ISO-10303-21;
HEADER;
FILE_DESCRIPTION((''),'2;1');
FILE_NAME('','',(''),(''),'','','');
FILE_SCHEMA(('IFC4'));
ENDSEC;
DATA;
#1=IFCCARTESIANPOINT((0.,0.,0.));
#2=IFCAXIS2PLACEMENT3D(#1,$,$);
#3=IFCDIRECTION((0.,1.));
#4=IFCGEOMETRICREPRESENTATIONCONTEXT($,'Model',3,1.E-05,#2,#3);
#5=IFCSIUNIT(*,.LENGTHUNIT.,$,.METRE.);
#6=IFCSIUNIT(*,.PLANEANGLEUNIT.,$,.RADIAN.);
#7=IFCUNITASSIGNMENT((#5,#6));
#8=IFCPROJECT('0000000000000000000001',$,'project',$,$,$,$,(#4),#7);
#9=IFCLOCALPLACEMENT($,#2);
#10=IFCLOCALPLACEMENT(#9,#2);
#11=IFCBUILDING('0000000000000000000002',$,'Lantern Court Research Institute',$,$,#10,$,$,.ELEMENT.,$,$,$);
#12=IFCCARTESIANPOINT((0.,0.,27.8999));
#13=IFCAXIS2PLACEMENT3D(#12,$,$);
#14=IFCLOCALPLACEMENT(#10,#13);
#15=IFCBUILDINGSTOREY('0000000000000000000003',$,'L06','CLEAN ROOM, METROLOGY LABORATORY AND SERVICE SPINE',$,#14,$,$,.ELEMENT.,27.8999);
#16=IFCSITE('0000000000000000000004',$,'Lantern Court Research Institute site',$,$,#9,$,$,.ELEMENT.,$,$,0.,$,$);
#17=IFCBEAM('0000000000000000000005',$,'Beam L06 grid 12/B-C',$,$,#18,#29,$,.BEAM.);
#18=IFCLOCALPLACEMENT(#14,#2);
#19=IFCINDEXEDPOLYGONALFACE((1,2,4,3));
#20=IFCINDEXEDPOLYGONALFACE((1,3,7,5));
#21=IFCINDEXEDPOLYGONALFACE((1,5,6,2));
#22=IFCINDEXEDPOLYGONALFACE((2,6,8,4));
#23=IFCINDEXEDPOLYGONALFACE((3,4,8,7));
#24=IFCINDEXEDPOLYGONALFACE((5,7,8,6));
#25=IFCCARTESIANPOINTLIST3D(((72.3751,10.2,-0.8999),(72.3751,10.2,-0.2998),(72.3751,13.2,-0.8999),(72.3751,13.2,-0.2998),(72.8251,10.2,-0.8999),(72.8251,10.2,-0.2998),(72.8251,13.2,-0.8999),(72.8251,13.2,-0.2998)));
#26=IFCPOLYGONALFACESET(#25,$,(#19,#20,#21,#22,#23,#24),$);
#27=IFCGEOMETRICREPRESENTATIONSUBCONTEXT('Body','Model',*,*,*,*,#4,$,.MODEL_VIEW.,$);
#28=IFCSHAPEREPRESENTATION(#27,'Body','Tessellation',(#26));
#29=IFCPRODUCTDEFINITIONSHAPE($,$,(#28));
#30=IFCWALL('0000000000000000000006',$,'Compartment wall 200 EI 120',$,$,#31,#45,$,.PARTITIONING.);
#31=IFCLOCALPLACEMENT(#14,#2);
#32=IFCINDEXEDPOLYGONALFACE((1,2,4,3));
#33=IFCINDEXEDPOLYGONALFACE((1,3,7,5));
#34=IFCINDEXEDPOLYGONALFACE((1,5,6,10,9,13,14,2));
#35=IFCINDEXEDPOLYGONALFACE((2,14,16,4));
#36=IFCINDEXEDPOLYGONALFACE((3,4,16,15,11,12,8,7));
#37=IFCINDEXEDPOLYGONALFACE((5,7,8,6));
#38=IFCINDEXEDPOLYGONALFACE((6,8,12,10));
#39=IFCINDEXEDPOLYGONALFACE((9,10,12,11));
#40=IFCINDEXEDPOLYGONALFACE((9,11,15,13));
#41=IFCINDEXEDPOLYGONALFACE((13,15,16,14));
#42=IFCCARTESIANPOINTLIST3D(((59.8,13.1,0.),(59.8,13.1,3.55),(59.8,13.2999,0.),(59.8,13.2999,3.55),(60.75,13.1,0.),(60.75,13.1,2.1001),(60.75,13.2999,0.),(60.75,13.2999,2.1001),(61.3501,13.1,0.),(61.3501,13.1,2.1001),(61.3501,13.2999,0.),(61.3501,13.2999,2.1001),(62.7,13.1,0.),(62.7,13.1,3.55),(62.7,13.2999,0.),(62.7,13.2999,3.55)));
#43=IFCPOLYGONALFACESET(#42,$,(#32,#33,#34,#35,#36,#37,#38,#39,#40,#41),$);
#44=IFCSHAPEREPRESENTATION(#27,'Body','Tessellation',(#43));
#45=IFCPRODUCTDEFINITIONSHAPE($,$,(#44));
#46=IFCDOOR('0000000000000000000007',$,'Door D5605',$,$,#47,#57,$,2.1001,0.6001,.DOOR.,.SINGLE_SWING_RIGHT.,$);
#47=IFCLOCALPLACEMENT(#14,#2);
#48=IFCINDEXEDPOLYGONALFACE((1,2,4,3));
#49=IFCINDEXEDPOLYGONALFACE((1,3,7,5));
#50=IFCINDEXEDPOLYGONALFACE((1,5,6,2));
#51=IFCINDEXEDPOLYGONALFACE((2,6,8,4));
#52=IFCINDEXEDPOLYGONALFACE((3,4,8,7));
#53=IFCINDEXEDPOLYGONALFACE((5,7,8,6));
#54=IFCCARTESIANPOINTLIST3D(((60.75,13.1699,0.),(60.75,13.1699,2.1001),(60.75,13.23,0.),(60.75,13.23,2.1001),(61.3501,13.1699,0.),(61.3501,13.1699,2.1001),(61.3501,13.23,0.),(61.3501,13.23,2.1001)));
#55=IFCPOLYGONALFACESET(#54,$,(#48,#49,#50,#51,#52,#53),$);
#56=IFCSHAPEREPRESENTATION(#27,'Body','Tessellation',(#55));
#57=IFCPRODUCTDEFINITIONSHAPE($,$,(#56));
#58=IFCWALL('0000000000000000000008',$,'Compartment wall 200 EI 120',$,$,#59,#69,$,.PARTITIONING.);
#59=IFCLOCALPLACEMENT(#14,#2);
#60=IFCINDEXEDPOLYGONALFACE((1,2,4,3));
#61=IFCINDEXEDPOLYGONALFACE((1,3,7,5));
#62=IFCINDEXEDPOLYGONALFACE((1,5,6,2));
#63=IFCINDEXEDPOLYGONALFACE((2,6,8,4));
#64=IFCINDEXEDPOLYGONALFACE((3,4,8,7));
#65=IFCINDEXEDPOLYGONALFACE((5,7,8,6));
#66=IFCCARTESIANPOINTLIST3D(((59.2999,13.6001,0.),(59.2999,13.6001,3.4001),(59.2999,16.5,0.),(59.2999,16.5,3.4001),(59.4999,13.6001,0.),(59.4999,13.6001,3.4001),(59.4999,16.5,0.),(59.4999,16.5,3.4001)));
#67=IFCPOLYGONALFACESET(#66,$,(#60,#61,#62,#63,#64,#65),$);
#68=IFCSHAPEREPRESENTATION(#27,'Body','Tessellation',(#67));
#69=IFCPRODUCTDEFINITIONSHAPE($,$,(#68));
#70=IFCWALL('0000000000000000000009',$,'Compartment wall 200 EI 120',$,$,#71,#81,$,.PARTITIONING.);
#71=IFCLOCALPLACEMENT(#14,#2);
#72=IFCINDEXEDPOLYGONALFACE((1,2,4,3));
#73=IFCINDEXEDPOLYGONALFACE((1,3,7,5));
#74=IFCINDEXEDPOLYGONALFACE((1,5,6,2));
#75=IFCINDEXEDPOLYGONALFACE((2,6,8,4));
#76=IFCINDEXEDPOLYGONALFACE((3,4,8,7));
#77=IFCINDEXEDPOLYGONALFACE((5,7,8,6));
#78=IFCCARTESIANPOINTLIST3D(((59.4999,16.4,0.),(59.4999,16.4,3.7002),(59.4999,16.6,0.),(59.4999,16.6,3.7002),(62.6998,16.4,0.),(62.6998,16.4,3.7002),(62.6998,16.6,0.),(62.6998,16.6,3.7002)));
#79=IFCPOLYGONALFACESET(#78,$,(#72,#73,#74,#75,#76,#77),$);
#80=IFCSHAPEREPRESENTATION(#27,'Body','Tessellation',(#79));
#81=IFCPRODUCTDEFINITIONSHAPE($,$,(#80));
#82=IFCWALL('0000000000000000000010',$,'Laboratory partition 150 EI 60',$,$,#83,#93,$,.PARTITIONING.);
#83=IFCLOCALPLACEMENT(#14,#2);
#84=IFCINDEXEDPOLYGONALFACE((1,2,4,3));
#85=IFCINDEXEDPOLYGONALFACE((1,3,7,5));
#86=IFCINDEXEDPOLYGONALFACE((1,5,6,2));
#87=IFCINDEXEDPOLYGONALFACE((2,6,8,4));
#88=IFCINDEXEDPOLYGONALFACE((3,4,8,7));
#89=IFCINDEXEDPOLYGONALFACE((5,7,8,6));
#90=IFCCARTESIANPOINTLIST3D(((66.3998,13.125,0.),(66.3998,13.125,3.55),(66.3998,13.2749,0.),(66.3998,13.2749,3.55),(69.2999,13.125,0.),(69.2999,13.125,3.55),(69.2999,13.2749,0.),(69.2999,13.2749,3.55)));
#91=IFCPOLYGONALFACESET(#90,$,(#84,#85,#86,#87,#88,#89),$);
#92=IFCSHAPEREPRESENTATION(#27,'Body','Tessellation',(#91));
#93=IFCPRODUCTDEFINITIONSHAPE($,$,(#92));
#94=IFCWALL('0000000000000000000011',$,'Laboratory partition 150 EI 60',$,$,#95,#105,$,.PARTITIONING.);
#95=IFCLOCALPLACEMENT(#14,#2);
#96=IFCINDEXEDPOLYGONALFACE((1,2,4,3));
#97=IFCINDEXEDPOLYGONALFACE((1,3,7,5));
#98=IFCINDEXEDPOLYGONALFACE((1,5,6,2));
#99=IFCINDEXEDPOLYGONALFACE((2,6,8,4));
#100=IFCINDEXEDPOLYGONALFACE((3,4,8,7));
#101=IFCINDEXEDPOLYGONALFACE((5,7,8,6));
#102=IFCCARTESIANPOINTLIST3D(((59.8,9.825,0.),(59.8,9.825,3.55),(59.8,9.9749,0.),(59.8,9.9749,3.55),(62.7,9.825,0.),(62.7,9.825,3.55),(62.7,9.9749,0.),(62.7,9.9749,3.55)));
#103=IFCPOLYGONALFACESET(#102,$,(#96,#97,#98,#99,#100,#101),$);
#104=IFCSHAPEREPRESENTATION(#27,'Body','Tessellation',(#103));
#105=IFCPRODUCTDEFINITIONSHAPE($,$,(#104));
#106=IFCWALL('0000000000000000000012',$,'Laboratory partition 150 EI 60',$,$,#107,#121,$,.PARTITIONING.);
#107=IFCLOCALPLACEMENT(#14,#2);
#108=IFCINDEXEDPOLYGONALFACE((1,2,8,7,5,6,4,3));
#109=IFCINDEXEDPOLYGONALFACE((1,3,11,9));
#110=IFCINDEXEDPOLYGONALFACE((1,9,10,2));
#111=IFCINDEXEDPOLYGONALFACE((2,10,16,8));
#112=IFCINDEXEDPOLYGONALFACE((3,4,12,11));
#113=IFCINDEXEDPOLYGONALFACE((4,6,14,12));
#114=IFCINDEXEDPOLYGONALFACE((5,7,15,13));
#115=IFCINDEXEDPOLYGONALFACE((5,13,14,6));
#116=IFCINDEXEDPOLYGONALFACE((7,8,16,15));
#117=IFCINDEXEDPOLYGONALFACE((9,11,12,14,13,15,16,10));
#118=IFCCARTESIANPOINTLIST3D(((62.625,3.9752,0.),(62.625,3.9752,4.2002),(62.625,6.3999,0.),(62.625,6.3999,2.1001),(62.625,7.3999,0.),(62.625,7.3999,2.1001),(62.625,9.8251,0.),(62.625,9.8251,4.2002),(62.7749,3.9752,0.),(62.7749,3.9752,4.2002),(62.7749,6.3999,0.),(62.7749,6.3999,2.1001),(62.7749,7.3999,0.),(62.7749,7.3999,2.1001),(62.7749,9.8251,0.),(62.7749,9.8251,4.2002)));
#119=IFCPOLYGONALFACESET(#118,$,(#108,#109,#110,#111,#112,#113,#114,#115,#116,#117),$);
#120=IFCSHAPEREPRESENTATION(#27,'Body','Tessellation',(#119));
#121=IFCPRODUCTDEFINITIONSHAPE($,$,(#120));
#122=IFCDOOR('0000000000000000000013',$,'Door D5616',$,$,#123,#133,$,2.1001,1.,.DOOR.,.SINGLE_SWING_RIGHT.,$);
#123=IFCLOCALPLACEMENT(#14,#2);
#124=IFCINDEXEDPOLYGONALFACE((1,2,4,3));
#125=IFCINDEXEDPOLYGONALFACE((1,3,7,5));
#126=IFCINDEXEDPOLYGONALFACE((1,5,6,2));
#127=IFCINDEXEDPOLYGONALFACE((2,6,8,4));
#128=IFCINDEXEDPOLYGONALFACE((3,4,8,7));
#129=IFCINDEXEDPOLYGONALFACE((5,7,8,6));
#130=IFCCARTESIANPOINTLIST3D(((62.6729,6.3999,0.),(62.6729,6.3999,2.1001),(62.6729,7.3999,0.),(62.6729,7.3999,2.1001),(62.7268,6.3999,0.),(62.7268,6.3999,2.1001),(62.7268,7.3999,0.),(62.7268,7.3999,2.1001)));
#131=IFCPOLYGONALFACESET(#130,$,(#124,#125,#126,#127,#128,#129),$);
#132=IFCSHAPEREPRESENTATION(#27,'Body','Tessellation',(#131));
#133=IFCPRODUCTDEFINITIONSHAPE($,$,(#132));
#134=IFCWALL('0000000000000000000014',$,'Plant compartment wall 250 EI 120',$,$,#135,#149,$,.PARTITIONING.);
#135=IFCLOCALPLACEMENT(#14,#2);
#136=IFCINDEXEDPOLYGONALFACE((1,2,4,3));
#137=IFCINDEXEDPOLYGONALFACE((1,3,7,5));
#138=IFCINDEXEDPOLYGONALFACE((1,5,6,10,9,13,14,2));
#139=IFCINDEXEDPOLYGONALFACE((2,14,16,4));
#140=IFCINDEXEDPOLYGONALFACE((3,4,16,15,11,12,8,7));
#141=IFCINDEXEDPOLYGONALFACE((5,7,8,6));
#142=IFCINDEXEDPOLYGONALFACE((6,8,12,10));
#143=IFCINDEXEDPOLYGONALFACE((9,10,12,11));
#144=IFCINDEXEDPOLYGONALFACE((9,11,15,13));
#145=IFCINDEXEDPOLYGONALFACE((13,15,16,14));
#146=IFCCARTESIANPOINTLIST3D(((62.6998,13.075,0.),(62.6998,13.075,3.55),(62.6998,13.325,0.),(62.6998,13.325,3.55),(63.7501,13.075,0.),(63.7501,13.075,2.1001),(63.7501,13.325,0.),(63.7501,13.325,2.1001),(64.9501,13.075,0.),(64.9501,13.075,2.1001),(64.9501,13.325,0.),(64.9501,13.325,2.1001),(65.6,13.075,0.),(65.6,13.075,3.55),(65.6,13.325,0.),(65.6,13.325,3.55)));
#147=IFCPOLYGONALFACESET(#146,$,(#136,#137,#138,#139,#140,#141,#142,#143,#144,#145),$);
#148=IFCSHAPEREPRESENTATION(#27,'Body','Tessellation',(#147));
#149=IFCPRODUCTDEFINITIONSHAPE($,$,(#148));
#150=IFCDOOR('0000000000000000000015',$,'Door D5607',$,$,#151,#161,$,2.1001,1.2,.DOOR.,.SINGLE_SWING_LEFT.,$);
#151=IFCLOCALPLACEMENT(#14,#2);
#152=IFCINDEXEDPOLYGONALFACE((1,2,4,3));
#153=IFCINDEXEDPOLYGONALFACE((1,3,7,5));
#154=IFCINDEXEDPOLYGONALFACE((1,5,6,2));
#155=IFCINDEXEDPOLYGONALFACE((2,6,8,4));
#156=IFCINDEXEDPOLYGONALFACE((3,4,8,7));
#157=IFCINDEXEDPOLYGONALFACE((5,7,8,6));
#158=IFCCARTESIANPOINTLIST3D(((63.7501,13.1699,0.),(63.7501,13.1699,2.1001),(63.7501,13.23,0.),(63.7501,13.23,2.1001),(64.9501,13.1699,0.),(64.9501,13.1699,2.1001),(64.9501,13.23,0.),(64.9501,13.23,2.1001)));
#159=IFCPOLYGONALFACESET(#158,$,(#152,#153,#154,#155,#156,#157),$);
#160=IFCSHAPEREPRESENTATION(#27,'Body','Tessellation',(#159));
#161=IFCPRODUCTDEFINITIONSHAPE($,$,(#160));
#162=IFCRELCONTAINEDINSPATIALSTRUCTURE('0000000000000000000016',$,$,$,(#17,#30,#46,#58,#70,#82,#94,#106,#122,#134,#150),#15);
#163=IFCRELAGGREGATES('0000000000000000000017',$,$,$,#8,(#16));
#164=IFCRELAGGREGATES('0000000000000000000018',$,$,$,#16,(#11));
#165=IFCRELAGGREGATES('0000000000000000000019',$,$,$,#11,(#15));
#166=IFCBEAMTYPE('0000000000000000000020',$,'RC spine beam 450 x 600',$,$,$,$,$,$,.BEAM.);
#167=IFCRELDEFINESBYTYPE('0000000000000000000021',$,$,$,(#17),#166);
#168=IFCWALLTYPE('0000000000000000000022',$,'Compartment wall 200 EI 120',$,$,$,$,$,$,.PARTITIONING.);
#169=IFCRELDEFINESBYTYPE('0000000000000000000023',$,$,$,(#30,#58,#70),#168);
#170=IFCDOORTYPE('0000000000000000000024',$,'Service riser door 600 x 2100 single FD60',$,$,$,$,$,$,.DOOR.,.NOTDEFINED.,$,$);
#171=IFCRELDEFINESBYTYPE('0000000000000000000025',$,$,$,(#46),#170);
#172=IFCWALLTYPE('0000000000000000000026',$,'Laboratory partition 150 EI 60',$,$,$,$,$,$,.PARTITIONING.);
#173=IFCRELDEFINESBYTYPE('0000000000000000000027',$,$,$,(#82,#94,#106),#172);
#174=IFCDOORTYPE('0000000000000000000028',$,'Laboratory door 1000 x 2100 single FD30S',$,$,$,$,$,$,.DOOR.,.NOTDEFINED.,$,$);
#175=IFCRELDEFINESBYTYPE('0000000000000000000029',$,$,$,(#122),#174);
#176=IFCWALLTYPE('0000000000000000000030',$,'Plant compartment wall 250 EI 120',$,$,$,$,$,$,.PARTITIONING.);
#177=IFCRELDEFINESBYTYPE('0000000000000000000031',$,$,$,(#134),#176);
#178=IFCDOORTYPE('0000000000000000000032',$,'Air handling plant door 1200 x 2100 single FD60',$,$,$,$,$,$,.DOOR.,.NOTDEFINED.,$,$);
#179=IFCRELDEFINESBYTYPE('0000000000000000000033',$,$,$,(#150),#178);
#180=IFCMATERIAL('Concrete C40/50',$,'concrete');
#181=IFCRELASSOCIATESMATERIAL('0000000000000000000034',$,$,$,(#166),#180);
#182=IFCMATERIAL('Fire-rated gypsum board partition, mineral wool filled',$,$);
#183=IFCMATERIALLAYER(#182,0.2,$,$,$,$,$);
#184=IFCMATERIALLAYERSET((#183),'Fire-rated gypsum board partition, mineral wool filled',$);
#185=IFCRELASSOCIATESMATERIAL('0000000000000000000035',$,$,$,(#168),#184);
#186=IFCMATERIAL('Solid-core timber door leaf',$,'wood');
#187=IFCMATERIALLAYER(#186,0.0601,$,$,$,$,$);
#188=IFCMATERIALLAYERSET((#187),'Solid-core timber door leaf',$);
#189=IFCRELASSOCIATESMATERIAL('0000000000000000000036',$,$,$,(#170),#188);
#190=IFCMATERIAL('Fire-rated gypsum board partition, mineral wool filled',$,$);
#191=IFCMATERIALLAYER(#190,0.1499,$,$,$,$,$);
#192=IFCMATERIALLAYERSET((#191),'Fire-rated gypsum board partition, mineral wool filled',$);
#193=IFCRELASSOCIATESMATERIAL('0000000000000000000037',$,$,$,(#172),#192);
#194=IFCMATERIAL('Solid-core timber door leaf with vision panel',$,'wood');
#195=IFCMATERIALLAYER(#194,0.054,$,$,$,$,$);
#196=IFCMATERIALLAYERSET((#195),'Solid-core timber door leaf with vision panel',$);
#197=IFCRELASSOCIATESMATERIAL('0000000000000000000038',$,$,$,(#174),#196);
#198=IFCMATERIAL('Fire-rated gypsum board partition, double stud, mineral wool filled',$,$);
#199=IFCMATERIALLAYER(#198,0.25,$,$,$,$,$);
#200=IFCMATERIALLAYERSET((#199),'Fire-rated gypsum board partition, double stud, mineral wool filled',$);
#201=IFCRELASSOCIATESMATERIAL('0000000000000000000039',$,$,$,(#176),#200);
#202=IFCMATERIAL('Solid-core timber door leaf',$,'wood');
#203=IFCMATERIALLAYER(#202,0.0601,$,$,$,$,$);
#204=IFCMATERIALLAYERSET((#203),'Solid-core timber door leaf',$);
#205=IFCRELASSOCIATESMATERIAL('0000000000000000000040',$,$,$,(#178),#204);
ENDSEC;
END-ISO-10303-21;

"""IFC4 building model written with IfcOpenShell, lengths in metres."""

from ifc_helpers import new_model, si_unit, direction, frame, frame_2d, origin, origin_2d, place, context, subcontext, project, spatial, rectangle, extrude, material, layer, layer_set, material_profile, profile_set, type_object, element, fill, save


model = new_model("IFC4")

# Units and contexts
model_context = context("Model", 3, precision=1e-05, world=origin(), true_north=direction((0.0, 1.0)))
body_context = subcontext(model_context, "Body", "Model", "MODEL_VIEW")
ifc_project = project(units=[si_unit("LENGTHUNIT", "METRE"), si_unit("PLANEANGLEUNIT", "RADIAN")], contexts=[model_context])

# Site, building, storey
site_placement = place(None, origin())
site = spatial("IfcSite", under=ifc_project, at=site_placement, Name="Lantern Court Research Institute site", CompositionType="ELEMENT", RefElevation=0.0)
building_placement = place(site_placement, origin())
building = spatial("IfcBuilding", under=site, at=building_placement, Name="Lantern Court Research Institute", CompositionType="ELEMENT")
storey_placement = place(building_placement, frame((0.0, 0.0, 27.8999)))
storey = spatial("IfcBuildingStorey", under=building, at=storey_placement, Name="L06", Description="CLEAN ROOM, METROLOGY LABORATORY AND SERVICE SPINE", CompositionType="ELEMENT", Elevation=27.8999)

# Beam
ifc_material_1 = material(Name="Concrete C40/50", Category="concrete")
ifc_material_profile_1 = material_profile(ifc_material_1, rectangle(XDim=0.45, YDim=0.6001, at=origin_2d()), Name="RC beam 450 x 600")
ifc_profile_set_1 = profile_set([ifc_material_profile_1], Name="Concrete C40/50")
beam_type_1 = type_object("IfcBeamType", Name="RC spine beam 450 x 600", PredefinedType="BEAM", material=ifc_profile_set_1)
beam_1_placement = place(storey_placement, frame((72.6001, 10.2, -0.5999), z_axis=(0.0, 1.0, 0.0), x_axis=(-1.0, 0.0, 0.0)))
element("IfcBeam", 1, at=beam_1_placement, inside=storey, type_object=beam_type_1, Name="Beam L06 grid 12/B-C", PredefinedType="BEAM", context=body_context, shape_type="SweptSolid", body=[
    extrude(rectangle(XDim=0.45, YDim=0.6001, at=origin_2d()), origin(), (0.0, 0.0, 1.0), 3.0),
])

# Wall, opening, door
ifc_material_2 = material(Name="Fire-rated gypsum board partition, mineral wool filled")
ifc_layer_1 = layer(ifc_material_2, 0.2)
ifc_layer_set_1 = layer_set([ifc_layer_1], Name="Fire-rated gypsum board partition, mineral wool filled")
wall_type_1 = type_object("IfcWallType", Name="Compartment wall 200 EI 120", PredefinedType="PARTITIONING", material=ifc_layer_set_1)
wall_1_placement = place(storey_placement, frame((59.8, 13.2, 0.0), z_axis=(0.0, 0.0, 1.0), x_axis=(1.0, 0.0, 0.0)))
wall_1 = element("IfcWall", 2, at=wall_1_placement, inside=storey, type_object=wall_type_1, Name="Compartment wall 200 EI 120", PredefinedType="PARTITIONING", context=body_context, shape_type="SweptSolid", body=[
    extrude(rectangle(XDim=2.8999, YDim=0.2, at=frame_2d((1.45, 0.0))), origin(), (0.0, 0.0, 1.0), 3.55),
])
opening_1_placement = place(wall_1_placement, frame((0.95, 0.0, 0.0)))
opening_1 = element("IfcOpeningElement", 3, at=opening_1_placement, cuts=wall_1, PredefinedType="OPENING", context=body_context, shape_type="SweptSolid", body=[
    extrude(rectangle(XDim=0.6001, YDim=2.1001, at=frame_2d((0.3, 1.05))), frame((0.0, 0.1099, 0.0), z_axis=(0.0, -1.0, 0.0), x_axis=(1.0, 0.0, 0.0)), (0.0, 0.0, 1.0), 0.22),
])
ifc_material_3 = material(Name="Solid-core timber door leaf", Category="wood")
ifc_layer_2 = layer(ifc_material_3, 0.0601)
ifc_layer_set_2 = layer_set([ifc_layer_2], Name="Solid-core timber door leaf")
door_type_1 = type_object("IfcDoorType", Name="Service riser door 600 x 2100 single FD60", OperationType="NOTDEFINED", PredefinedType="DOOR", material=ifc_layer_set_2)
door_1_placement = place(opening_1_placement, origin())
door_1 = element("IfcDoor", 4, at=door_1_placement, inside=storey, type_object=door_type_1, Name="Door D5605", OperationType="SINGLE_SWING_RIGHT", OverallHeight=2.1001, OverallWidth=0.6001, PredefinedType="DOOR", context=body_context, shape_type="SweptSolid", body=[
    extrude(rectangle(XDim=0.6001, YDim=2.1001, at=frame_2d((0.3, 1.05))), frame((0.0, 0.03, 0.0), z_axis=(0.0, -1.0, 0.0), x_axis=(1.0, 0.0, 0.0)), (0.0, 0.0, 1.0), 0.0601),
])
fill(opening_1, door_1)

# Walls
wall_2_placement = place(storey_placement, frame((59.3999, 13.6001, 0.0), z_axis=(0.0, 0.0, 1.0), x_axis=(0.0, 1.0, 0.0)))
element("IfcWall", 5, at=wall_2_placement, inside=storey, type_object=wall_type_1, Name="Compartment wall 200 EI 120", PredefinedType="PARTITIONING", context=body_context, shape_type="SweptSolid", body=[
    extrude(rectangle(XDim=2.8999, YDim=0.2, at=frame_2d((1.45, 0.0))), origin(), (0.0, 0.0, 1.0), 3.4001),
])
wall_3_placement = place(storey_placement, frame((62.7, 16.5, 0.0), z_axis=(0.0, 0.0, 1.0), x_axis=(-1.0, 0.0, 0.0)))
element("IfcWall", 6, at=wall_3_placement, inside=storey, type_object=wall_type_1, Name="Compartment wall 200 EI 120", PredefinedType="PARTITIONING", context=body_context, shape_type="SweptSolid", body=[
    extrude(rectangle(XDim=3.2, YDim=0.2, at=frame_2d((1.6001, 0.0))), origin(), (0.0, 0.0, 1.0), 3.7002),
])
ifc_material_4 = material(Name="Fire-rated gypsum board partition, mineral wool filled")
ifc_layer_3 = layer(ifc_material_4, 0.1499)
ifc_layer_set_3 = layer_set([ifc_layer_3], Name="Fire-rated gypsum board partition, mineral wool filled")
wall_type_2 = type_object("IfcWallType", Name="Laboratory partition 150 EI 60", PredefinedType="PARTITIONING", material=ifc_layer_set_3)
wall_4_placement = place(storey_placement, frame((69.3, 13.2, 0.0), z_axis=(0.0, 0.0, 1.0), x_axis=(-1.0, 0.0, 0.0)))
element("IfcWall", 7, at=wall_4_placement, inside=storey, type_object=wall_type_2, Name="Laboratory partition 150 EI 60", PredefinedType="PARTITIONING", context=body_context, shape_type="SweptSolid", body=[
    extrude(rectangle(XDim=2.9001, YDim=0.1499, at=frame_2d((1.4502, 0.0))), origin(), (0.0, 0.0, 1.0), 3.55),
])
wall_5_placement = place(storey_placement, frame((59.8, 9.8999, 0.0), z_axis=(0.0, 0.0, 1.0), x_axis=(1.0, 0.0, 0.0)))
element("IfcWall", 8, at=wall_5_placement, inside=storey, type_object=wall_type_2, Name="Laboratory partition 150 EI 60", PredefinedType="PARTITIONING", context=body_context, shape_type="SweptSolid", body=[
    extrude(rectangle(XDim=2.8999, YDim=0.1499, at=frame_2d((1.45, 0.0))), origin(), (0.0, 0.0, 1.0), 3.55),
])

# Walls, openings, doors
wall_6_placement = place(storey_placement, frame((62.7, 9.825, 0.0), z_axis=(0.0, 0.0, 1.0), x_axis=(0.0, -1.0, 0.0)))
wall_6 = element("IfcWall", 9, at=wall_6_placement, inside=storey, type_object=wall_type_2, Name="Laboratory partition 150 EI 60", PredefinedType="PARTITIONING", context=body_context, shape_type="SweptSolid", body=[
    extrude(rectangle(XDim=5.8499, YDim=0.1499, at=frame_2d((2.9248, 0.0))), origin(), (0.0, 0.0, 1.0), 4.2002),
])
opening_2_placement = place(wall_6_placement, frame((2.425, 0.0, 0.0)))
opening_2 = element("IfcOpeningElement", 10, at=opening_2_placement, cuts=wall_6, PredefinedType="OPENING", context=body_context, shape_type="SweptSolid", body=[
    extrude(rectangle(XDim=1.0, YDim=2.1001, at=frame_2d((0.5, 1.05))), frame((0.0, 0.085, 0.0), z_axis=(0.0, -1.0, 0.0), x_axis=(1.0, 0.0, 0.0)), (0.0, 0.0, 1.0), 0.1699),
])
ifc_material_5 = material(Name="Solid-core timber door leaf with vision panel", Category="wood")
ifc_layer_4 = layer(ifc_material_5, 0.054)
ifc_layer_set_4 = layer_set([ifc_layer_4], Name="Solid-core timber door leaf with vision panel")
door_type_2 = type_object("IfcDoorType", Name="Laboratory door 1000 x 2100 single FD30S", OperationType="NOTDEFINED", PredefinedType="DOOR", material=ifc_layer_set_4)
door_2_placement = place(opening_2_placement, origin())
door_2 = element("IfcDoor", 11, at=door_2_placement, inside=storey, type_object=door_type_2, Name="Door D5616", OperationType="SINGLE_SWING_RIGHT", OverallHeight=2.1001, OverallWidth=1.0, PredefinedType="DOOR", context=body_context, shape_type="SweptSolid", body=[
    extrude(rectangle(XDim=1.0, YDim=2.1001, at=frame_2d((0.5, 1.05))), frame((0.0, 0.0269, 0.0), z_axis=(0.0, -1.0, 0.0), x_axis=(1.0, 0.0, 0.0)), (0.0, 0.0, 1.0), 0.054),
])
fill(opening_2, door_2)
ifc_material_6 = material(Name="Fire-rated gypsum board partition, double stud, mineral wool filled")
ifc_layer_5 = layer(ifc_material_6, 0.25)
ifc_layer_set_5 = layer_set([ifc_layer_5], Name="Fire-rated gypsum board partition, double stud, mineral wool filled")
wall_type_3 = type_object("IfcWallType", Name="Plant compartment wall 250 EI 120", PredefinedType="PARTITIONING", material=ifc_layer_set_5)
wall_7_placement = place(storey_placement, frame((65.6001, 13.2, 0.0), z_axis=(0.0, 0.0, 1.0), x_axis=(-1.0, 0.0, 0.0)))
wall_7 = element("IfcWall", 12, at=wall_7_placement, inside=storey, type_object=wall_type_3, Name="Plant compartment wall 250 EI 120", PredefinedType="PARTITIONING", context=body_context, shape_type="SweptSolid", body=[
    extrude(rectangle(XDim=2.9001, YDim=0.25, at=frame_2d((1.4502, 0.0))), origin(), (0.0, 0.0, 1.0), 3.55),
])
opening_3_placement = place(wall_7_placement, frame((0.6499, 0.0, 0.0)))
opening_3 = element("IfcOpeningElement", 13, at=opening_3_placement, cuts=wall_7, PredefinedType="OPENING", context=body_context, shape_type="SweptSolid", body=[
    extrude(rectangle(XDim=1.2, YDim=2.1001, at=frame_2d((0.6001, 1.05))), frame((0.0, 0.135, 0.0), z_axis=(0.0, -1.0, 0.0), x_axis=(1.0, 0.0, 0.0)), (0.0, 0.0, 1.0), 0.27),
])
ifc_material_7 = material(Name="Solid-core timber door leaf", Category="wood")
ifc_layer_6 = layer(ifc_material_7, 0.0601)
ifc_layer_set_6 = layer_set([ifc_layer_6], Name="Solid-core timber door leaf")
door_type_3 = type_object("IfcDoorType", Name="Air handling plant door 1200 x 2100 single FD60", OperationType="NOTDEFINED", PredefinedType="DOOR", material=ifc_layer_set_6)
door_3_placement = place(opening_3_placement, origin())
door_3 = element("IfcDoor", 14, at=door_3_placement, inside=storey, type_object=door_type_3, Name="Door D5607", OperationType="SINGLE_SWING_LEFT", OverallHeight=2.1001, OverallWidth=1.2, PredefinedType="DOOR", context=body_context, shape_type="SweptSolid", body=[
    extrude(rectangle(XDim=1.2, YDim=2.1001, at=frame_2d((0.6001, 1.05))), frame((0.0, 0.03, 0.0), z_axis=(0.0, -1.0, 0.0), x_axis=(1.0, 0.0, 0.0)), (0.0, 0.0, 1.0), 0.0601),
])
fill(opening_3, door_3)

save(model, "model.ifc")
